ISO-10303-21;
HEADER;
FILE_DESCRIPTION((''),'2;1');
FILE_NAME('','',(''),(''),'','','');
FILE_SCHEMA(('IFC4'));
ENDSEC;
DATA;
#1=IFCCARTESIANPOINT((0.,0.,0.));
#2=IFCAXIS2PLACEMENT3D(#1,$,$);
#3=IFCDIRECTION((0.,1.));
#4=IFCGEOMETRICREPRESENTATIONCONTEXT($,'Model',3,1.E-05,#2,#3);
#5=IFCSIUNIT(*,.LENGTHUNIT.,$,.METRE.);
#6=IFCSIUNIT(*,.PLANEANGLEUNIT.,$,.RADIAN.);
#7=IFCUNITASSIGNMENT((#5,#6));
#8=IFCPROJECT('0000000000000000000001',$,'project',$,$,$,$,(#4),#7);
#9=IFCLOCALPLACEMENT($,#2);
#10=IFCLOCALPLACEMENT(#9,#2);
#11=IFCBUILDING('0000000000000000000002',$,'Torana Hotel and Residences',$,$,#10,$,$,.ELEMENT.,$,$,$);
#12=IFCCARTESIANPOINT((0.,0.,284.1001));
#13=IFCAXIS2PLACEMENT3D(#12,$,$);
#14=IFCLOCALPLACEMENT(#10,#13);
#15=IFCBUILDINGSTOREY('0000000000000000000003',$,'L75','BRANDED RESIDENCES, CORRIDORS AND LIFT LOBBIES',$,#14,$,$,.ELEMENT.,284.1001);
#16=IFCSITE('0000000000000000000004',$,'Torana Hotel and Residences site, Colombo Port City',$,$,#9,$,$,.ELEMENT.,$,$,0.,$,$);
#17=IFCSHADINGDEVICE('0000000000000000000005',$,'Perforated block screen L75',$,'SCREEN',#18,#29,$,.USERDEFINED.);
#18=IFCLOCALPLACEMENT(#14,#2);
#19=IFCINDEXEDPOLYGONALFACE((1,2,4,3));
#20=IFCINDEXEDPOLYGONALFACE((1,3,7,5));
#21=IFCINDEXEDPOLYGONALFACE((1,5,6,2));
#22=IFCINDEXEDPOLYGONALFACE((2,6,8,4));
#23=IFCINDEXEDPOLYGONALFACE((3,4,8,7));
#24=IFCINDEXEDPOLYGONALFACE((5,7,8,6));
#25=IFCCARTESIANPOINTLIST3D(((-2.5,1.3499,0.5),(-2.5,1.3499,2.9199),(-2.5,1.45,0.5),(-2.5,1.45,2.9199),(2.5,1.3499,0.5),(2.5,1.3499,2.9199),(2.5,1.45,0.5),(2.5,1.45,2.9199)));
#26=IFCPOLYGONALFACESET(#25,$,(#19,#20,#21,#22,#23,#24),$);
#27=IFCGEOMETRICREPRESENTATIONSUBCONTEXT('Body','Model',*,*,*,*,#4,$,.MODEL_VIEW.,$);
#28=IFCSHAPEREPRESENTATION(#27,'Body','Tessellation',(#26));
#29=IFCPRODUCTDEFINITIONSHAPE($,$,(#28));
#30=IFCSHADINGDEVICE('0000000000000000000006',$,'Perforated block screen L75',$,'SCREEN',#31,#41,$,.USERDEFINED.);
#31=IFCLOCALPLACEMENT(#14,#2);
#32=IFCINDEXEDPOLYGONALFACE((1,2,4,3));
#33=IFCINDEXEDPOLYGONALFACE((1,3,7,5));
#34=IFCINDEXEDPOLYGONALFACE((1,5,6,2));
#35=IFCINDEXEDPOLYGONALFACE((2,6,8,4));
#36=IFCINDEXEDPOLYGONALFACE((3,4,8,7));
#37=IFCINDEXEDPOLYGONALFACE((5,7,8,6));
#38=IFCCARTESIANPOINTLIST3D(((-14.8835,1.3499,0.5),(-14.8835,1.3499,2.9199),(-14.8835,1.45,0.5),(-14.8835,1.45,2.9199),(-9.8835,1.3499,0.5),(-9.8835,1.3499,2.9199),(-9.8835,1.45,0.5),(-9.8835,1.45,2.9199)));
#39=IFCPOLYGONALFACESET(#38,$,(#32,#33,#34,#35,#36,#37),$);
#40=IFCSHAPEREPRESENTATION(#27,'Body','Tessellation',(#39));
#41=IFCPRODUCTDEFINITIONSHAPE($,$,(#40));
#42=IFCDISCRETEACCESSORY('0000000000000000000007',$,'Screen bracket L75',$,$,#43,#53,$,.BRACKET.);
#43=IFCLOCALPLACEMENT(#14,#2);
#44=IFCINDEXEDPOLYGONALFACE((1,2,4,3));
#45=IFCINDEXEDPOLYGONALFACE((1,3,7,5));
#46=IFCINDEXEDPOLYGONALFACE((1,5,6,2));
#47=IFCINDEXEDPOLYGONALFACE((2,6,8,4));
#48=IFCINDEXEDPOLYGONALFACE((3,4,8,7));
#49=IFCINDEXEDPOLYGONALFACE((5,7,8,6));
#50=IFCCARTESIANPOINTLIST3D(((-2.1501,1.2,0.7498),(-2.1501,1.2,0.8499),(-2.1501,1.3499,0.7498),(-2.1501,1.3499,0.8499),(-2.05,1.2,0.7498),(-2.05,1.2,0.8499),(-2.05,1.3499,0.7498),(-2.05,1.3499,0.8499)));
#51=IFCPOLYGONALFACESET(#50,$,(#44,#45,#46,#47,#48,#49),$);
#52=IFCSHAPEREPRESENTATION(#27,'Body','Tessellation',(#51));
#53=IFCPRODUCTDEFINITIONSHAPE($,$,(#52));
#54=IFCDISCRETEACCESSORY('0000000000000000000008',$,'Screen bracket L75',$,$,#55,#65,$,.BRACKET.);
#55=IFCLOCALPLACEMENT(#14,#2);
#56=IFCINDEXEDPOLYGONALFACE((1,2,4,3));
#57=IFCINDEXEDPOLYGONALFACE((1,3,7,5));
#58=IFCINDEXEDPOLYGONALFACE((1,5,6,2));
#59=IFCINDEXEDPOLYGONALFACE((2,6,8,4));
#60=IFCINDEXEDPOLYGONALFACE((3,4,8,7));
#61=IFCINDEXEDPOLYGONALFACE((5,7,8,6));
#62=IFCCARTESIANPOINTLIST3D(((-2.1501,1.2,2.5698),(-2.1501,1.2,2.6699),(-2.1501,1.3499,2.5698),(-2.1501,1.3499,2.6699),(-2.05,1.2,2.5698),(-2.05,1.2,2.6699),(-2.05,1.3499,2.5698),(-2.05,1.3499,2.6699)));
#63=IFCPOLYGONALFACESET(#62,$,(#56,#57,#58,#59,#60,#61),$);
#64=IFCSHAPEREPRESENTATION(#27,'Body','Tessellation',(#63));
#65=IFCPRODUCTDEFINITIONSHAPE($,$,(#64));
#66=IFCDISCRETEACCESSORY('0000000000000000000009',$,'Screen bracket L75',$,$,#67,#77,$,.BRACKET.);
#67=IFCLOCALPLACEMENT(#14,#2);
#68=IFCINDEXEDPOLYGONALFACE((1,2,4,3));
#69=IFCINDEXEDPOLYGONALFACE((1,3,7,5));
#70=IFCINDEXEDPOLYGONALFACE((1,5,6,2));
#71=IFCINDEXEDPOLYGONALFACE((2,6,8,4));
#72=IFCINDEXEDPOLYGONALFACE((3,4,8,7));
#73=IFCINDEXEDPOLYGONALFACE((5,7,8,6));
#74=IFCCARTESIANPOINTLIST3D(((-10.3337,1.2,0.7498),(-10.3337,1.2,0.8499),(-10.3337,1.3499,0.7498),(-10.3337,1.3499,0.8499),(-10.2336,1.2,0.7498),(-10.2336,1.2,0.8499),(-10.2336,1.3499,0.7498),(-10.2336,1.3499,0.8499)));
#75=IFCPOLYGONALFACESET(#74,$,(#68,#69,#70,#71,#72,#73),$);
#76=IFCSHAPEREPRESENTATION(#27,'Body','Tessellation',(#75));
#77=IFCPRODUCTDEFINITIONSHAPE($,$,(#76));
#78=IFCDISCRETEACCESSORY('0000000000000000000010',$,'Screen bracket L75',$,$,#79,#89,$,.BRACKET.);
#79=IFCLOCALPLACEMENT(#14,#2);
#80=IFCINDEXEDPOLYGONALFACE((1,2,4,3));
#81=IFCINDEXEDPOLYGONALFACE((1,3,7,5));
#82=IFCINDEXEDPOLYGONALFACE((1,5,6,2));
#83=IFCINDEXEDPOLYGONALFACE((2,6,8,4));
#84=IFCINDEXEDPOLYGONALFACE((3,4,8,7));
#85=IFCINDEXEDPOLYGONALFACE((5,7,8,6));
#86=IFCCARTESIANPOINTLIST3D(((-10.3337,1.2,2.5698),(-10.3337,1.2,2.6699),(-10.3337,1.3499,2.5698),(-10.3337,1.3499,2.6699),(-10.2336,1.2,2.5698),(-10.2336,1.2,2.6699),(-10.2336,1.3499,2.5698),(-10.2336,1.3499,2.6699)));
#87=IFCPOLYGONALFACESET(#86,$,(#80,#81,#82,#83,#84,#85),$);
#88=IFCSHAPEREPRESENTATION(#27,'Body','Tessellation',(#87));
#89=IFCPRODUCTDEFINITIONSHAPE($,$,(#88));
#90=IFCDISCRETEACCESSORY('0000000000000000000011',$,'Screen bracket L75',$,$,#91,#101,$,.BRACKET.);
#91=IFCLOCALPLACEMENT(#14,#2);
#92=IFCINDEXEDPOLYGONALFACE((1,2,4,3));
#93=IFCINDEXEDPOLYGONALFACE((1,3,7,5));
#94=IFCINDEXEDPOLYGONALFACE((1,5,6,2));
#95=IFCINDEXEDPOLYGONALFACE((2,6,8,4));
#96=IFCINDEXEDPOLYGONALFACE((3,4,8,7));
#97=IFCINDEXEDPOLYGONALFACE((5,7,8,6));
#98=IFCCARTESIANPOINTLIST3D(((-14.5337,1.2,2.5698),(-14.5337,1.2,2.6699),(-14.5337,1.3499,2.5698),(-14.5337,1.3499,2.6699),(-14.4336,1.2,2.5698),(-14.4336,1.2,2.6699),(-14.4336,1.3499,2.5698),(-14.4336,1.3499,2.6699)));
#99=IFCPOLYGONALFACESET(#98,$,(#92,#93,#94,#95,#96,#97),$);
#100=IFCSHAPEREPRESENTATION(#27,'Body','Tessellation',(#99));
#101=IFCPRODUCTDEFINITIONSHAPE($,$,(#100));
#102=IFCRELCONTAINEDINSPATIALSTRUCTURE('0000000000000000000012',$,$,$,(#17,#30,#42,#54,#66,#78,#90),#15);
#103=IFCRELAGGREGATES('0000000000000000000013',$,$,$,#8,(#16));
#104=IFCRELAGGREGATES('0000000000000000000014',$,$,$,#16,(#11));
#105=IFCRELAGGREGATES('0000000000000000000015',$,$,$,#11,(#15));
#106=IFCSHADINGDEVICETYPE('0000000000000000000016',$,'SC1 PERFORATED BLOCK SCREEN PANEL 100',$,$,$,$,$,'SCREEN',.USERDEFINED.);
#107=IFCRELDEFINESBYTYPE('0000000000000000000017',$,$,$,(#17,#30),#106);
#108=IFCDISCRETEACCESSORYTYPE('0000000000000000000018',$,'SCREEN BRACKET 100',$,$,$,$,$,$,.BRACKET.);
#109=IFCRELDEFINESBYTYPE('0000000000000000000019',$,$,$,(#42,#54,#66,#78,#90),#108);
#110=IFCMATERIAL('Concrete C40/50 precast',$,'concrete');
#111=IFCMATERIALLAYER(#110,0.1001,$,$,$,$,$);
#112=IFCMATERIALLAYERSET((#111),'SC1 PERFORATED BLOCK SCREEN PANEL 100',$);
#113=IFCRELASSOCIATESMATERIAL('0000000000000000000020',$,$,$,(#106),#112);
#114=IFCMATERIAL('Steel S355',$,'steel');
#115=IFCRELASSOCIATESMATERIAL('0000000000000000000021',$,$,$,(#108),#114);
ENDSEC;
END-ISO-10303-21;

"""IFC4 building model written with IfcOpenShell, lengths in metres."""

from ifc_helpers import new_model, si_unit, direction, frame, origin, origin_2d, place, context, subcontext, project, spatial, rectangle, extrude, material, layer, layer_set, type_object, element, save


model = new_model("IFC4")

# Units and contexts
model_context = context("Model", 3, precision=1e-05, world=origin(), true_north=direction((0.0, 1.0)))
body_context = subcontext(model_context, "Body", "Model", "MODEL_VIEW")
ifc_project = project(units=[si_unit("LENGTHUNIT", "METRE"), si_unit("PLANEANGLEUNIT", "RADIAN")], contexts=[model_context])

# Site, building, storey
site_placement = place(None, origin())
site = spatial("IfcSite", under=ifc_project, at=site_placement, Name="Torana Hotel and Residences site, Colombo Port City", CompositionType="ELEMENT", RefElevation=0.0)
building_placement = place(site_placement, origin())
building = spatial("IfcBuilding", under=site, at=building_placement, Name="Torana Hotel and Residences", CompositionType="ELEMENT")
storey_placement = place(building_placement, frame((0.0, 0.0, 284.1001)))
storey = spatial("IfcBuildingStorey", under=building, at=storey_placement, Name="L75", Description="BRANDED RESIDENCES, CORRIDORS AND LIFT LOBBIES", CompositionType="ELEMENT", Elevation=284.1001)

# Shading devices
ifc_material_1 = material(Name="Concrete C40/50 precast", Category="concrete")
ifc_layer_1 = layer(ifc_material_1, 0.1001)
ifc_layer_set_1 = layer_set([ifc_layer_1], Name="SC1 PERFORATED BLOCK SCREEN PANEL 100")
shading_device_type = type_object("IfcShadingDeviceType", Name="SC1 PERFORATED BLOCK SCREEN PANEL 100", ElementType="SCREEN", PredefinedType="USERDEFINED", material=ifc_layer_set_1)
for number, where, z_axis, x_axis, name in (
    (1, (0.0, 1.3999, 0.5), (0.0, 0.0, 1.0), (-1.0, 0.0, 0.0), "Perforated block screen L75"),
    (2, (-12.3835, 1.3999, 0.5), (0.0, 0.0, 1.0), (-1.0, 0.0, 0.0), "Perforated block screen L75"),
):
    element("IfcShadingDevice", number, at=place(storey_placement, frame(where, z_axis=z_axis, x_axis=x_axis)), inside=storey, type_object=shading_device_type, Name=name, ObjectType="SCREEN", PredefinedType="USERDEFINED", context=body_context, shape_type="SweptSolid", body=[
        extrude(rectangle(XDim=5.0, YDim=0.1001, at=origin_2d()), origin(), (0.0, 0.0, 1.0), 2.4199),
    ])

# Discrete accessories
ifc_material_2 = material(Name="Steel S355", Category="steel")
discrete_accessory_type = type_object("IfcDiscreteAccessoryType", Name="SCREEN BRACKET 100", PredefinedType="BRACKET", material=ifc_material_2)
for number, where, z_axis, x_axis, name in (
    (3, (-2.1001, 1.2749, 0.7498), (0.0, 0.0, 1.0), (-1.0, 0.0, 0.0), "Screen bracket L75"),
    (4, (-2.1001, 1.2749, 2.5698), (0.0, 0.0, 1.0), (-1.0, 0.0, 0.0), "Screen bracket L75"),
    (5, (-10.2837, 1.2749, 0.7498), (0.0, 0.0, 1.0), (-1.0, 0.0, 0.0), "Screen bracket L75"),
    (6, (-10.2837, 1.2749, 2.5698), (0.0, 0.0, 1.0), (-1.0, 0.0, 0.0), "Screen bracket L75"),
    (7, (-14.4836, 1.2749, 2.5698), (0.0, 0.0, 1.0), (-1.0, 0.0, 0.0), "Screen bracket L75"),
):
    element("IfcDiscreteAccessory", number, at=place(storey_placement, frame(where, z_axis=z_axis, x_axis=x_axis)), inside=storey, type_object=discrete_accessory_type, Name=name, PredefinedType="BRACKET", context=body_context, shape_type="SweptSolid", body=[
        extrude(rectangle(XDim=0.1001, YDim=0.1499, at=origin_2d()), origin(), (0.0, 0.0, 1.0), 0.1001),
    ])

save(model, "model.ifc")
